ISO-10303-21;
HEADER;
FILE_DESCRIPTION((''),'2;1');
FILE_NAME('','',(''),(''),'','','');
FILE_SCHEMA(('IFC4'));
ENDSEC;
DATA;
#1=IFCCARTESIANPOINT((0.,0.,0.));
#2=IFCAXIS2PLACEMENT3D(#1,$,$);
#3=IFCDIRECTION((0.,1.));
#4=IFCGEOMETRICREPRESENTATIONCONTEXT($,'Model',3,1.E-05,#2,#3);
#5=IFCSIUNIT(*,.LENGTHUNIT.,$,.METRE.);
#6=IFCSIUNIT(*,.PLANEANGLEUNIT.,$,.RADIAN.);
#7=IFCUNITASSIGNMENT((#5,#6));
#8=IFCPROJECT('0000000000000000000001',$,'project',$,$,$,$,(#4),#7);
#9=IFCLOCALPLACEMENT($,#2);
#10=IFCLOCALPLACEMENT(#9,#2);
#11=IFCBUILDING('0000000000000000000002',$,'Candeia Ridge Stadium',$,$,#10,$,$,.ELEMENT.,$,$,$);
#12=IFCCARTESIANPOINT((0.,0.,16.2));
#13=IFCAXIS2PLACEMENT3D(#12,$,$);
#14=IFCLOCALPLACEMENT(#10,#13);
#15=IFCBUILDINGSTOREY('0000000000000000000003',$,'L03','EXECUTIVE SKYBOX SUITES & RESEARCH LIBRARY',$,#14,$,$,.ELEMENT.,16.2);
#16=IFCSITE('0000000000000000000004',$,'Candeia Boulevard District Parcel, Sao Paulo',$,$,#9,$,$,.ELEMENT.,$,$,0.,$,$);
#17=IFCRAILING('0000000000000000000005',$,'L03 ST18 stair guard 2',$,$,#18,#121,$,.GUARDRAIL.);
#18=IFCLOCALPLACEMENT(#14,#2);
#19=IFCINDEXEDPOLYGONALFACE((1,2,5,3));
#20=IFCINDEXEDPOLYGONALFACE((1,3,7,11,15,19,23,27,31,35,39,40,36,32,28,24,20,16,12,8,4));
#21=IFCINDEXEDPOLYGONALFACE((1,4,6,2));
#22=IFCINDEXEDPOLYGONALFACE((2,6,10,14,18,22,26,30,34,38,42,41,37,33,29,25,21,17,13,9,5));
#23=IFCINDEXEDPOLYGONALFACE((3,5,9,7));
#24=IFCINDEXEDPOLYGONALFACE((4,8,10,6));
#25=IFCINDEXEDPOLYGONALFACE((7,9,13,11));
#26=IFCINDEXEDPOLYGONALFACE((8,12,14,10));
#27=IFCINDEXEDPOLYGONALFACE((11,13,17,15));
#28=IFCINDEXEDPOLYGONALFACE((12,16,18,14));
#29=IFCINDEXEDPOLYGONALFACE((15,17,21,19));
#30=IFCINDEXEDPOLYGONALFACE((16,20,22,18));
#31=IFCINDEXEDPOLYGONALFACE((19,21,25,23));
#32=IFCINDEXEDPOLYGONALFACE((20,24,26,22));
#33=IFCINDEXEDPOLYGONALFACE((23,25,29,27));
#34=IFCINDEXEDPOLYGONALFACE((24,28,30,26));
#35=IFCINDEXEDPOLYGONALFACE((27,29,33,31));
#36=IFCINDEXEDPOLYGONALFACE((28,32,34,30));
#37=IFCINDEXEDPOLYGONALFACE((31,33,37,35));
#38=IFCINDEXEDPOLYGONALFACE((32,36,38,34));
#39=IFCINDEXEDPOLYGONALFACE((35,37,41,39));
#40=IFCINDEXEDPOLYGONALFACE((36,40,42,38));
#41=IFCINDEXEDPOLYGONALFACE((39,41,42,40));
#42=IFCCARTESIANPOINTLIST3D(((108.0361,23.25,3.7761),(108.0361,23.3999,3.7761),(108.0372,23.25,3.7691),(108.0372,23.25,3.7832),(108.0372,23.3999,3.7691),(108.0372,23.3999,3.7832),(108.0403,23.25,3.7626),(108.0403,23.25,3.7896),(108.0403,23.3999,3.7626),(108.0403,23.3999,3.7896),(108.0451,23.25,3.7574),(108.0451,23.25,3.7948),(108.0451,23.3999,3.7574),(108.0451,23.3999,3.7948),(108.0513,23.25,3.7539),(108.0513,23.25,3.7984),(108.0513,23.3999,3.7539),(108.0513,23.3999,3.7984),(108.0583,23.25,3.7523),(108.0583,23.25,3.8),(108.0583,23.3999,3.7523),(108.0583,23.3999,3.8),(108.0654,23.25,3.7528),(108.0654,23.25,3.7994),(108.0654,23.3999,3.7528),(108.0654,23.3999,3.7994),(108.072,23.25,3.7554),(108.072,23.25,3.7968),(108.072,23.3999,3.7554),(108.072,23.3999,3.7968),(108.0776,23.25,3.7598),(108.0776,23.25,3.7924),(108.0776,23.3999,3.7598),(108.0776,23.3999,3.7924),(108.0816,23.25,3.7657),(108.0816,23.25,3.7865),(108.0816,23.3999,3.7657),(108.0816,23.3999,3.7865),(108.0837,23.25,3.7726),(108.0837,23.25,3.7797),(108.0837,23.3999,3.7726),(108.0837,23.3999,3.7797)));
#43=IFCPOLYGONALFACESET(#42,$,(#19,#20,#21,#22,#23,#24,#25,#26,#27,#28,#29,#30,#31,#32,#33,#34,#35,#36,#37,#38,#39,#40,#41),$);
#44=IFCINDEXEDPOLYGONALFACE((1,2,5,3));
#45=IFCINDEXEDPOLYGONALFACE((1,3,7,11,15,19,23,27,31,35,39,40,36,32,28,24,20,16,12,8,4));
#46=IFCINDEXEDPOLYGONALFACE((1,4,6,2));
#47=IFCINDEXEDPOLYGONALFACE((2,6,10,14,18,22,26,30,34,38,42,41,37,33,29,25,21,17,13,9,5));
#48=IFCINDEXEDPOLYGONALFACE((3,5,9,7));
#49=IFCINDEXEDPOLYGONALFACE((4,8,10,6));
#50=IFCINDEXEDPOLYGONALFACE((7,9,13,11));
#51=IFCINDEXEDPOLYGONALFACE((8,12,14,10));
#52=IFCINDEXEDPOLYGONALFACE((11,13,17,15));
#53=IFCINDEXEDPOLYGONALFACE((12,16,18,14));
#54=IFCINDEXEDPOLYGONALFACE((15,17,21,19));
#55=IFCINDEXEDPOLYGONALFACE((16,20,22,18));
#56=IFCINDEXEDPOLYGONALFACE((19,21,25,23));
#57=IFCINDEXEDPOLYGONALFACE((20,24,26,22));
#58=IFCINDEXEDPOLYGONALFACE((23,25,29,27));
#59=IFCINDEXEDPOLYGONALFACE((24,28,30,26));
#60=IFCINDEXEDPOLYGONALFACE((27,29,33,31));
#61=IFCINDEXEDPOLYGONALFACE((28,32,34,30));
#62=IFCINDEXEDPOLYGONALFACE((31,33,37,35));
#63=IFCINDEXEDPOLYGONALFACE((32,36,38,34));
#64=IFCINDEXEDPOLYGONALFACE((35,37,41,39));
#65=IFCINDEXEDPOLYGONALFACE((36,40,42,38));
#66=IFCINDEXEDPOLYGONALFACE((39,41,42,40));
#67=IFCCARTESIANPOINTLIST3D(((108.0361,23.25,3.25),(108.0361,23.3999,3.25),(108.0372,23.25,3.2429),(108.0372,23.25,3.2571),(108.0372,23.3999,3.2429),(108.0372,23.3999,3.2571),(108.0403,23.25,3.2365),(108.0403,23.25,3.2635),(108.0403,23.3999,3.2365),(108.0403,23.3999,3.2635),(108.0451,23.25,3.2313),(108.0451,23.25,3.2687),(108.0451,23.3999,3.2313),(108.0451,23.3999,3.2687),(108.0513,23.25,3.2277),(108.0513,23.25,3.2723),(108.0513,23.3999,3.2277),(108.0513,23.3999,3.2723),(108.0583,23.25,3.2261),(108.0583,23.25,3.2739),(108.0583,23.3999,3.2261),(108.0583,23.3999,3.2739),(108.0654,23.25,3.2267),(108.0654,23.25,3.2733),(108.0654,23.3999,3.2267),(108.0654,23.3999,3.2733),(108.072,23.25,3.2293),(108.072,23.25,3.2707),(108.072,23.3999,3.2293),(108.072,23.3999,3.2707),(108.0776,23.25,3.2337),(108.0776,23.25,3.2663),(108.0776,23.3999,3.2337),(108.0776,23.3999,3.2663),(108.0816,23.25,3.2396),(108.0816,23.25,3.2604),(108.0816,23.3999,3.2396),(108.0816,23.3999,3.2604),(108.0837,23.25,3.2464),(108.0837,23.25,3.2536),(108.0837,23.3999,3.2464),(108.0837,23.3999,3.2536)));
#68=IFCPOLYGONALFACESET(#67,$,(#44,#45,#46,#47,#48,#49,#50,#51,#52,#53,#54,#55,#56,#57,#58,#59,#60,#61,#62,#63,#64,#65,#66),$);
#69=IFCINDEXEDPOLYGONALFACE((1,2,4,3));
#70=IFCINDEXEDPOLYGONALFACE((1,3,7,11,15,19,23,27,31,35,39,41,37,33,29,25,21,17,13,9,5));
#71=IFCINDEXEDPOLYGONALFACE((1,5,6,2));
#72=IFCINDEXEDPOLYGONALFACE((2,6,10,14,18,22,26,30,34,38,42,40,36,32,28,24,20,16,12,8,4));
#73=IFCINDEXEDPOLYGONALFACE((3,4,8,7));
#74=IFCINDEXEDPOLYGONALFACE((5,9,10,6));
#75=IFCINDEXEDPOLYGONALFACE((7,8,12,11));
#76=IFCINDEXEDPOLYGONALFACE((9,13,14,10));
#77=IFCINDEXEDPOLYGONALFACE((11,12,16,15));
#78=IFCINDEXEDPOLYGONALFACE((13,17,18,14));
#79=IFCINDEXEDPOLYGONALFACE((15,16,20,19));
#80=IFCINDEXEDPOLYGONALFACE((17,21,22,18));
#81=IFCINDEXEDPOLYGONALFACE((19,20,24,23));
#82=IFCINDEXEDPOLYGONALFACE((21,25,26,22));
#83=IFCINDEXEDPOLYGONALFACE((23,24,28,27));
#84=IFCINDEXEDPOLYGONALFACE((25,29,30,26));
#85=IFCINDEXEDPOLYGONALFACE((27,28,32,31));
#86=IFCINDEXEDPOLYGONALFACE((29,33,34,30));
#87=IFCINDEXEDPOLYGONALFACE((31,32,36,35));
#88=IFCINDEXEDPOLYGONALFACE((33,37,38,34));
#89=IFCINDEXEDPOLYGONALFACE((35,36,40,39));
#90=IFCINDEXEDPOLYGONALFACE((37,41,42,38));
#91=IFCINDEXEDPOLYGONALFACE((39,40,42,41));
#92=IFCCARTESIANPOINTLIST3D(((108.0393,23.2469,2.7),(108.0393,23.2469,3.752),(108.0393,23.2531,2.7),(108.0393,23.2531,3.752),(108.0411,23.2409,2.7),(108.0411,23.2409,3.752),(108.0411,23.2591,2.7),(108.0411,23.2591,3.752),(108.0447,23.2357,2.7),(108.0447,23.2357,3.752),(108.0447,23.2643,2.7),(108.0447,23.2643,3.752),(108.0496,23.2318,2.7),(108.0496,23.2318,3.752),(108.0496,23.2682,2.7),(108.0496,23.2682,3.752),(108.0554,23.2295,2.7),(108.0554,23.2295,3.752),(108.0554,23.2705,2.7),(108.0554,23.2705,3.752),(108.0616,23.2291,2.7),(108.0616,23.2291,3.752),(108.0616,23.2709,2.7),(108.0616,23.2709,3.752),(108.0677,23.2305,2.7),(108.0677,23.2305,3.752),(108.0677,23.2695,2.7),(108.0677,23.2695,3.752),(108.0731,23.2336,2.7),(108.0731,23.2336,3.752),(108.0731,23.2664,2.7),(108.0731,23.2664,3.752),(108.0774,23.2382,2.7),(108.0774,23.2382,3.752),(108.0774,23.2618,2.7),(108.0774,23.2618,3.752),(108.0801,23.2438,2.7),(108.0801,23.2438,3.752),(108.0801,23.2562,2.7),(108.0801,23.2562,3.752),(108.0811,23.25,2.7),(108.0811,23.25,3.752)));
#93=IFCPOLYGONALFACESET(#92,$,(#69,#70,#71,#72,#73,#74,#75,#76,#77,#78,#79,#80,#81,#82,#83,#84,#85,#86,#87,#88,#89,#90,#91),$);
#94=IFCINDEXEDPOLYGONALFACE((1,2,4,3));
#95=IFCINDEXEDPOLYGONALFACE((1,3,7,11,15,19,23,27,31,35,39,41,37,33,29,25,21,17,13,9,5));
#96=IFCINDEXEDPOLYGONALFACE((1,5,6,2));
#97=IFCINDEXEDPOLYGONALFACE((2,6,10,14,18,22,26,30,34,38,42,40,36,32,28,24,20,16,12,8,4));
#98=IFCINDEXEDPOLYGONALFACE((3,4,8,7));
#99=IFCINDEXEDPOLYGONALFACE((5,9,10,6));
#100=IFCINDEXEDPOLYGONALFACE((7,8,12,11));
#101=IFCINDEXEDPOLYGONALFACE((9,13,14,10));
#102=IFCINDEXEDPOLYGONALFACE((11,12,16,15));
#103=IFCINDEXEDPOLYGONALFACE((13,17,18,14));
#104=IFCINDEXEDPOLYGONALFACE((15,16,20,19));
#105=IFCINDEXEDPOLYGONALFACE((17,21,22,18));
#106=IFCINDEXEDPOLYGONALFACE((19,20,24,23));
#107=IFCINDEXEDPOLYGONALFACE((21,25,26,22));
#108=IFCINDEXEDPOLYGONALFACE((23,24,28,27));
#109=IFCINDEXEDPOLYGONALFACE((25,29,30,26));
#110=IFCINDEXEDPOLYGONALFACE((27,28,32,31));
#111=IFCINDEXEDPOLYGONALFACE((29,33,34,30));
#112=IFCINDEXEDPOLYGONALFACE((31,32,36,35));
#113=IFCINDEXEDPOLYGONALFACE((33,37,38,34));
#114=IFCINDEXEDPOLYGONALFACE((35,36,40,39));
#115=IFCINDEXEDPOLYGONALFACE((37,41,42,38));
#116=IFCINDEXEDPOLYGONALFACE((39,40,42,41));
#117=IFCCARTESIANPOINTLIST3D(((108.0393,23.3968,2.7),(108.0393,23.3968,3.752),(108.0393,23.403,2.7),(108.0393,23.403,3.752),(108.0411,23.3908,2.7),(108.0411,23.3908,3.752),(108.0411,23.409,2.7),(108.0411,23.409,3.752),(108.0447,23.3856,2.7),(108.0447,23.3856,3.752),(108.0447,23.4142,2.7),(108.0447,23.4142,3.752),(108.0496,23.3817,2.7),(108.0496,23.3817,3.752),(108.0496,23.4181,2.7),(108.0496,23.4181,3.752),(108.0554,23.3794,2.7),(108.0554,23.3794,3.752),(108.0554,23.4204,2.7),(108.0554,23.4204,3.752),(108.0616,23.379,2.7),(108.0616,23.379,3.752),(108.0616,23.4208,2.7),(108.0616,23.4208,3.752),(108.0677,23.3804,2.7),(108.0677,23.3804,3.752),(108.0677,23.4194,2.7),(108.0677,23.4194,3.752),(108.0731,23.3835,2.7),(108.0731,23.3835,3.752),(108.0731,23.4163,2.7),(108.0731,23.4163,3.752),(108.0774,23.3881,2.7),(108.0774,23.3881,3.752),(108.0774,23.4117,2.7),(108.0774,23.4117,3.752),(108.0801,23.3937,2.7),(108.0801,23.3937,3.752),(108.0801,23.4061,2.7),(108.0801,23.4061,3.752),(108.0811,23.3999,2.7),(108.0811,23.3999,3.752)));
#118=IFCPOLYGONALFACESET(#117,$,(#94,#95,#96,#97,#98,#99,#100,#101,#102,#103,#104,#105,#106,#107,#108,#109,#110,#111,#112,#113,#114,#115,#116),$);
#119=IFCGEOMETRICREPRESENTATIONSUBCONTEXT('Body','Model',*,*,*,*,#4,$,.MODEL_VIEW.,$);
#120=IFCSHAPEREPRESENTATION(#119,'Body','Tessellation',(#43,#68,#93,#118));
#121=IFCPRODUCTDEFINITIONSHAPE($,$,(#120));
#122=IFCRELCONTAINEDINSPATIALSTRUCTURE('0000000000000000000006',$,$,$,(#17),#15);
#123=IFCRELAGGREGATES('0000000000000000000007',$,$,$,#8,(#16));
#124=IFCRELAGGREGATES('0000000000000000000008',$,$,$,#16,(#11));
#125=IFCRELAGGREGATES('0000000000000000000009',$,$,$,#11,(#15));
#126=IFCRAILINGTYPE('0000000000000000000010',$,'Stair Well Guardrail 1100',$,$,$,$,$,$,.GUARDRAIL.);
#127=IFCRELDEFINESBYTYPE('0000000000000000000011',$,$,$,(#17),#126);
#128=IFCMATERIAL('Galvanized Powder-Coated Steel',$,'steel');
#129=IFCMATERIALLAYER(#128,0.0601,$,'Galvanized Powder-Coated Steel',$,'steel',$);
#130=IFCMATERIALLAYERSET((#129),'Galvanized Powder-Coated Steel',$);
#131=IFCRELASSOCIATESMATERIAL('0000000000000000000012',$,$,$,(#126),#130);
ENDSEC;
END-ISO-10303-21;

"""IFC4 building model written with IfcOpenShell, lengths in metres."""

from ifc_helpers import new_model, si_unit, direction, frame, origin, origin_2d, place, context, subcontext, project, spatial, circle, extrude, material, layer, layer_set, type_object, element, save


model = new_model("IFC4")

# Units and contexts
model_context = context("Model", 3, precision=1e-05, world=origin(), true_north=direction((0.0, 1.0)))
body_context = subcontext(model_context, "Body", "Model", "MODEL_VIEW")
ifc_project = project(units=[si_unit("LENGTHUNIT", "METRE"), si_unit("PLANEANGLEUNIT", "RADIAN")], contexts=[model_context])

# Site, building, storey
site_placement = place(None, origin())
site = spatial("IfcSite", under=ifc_project, at=site_placement, Name="Candeia Boulevard District Parcel, Sao Paulo", CompositionType="ELEMENT", RefElevation=0.0)
building_placement = place(site_placement, origin())
building = spatial("IfcBuilding", under=site, at=building_placement, Name="Candeia Ridge Stadium", CompositionType="ELEMENT")
storey_placement = place(building_placement, frame((0.0, 0.0, 16.2)))
storey = spatial("IfcBuildingStorey", under=building, at=storey_placement, Name="L03", Description="EXECUTIVE SKYBOX SUITES & RESEARCH LIBRARY", CompositionType="ELEMENT", Elevation=16.2)

# Railing
ifc_material_1 = material(Name="Galvanized Powder-Coated Steel", Category="steel")
ifc_layer_1 = layer(ifc_material_1, 0.0601, Name="Galvanized Powder-Coated Steel", Category="steel")
ifc_layer_set_1 = layer_set([ifc_layer_1], Name="Galvanized Powder-Coated Steel")
railing_type_1 = type_object("IfcRailingType", Name="Stair Well Guardrail 1100", PredefinedType="GUARDRAIL", material=ifc_layer_set_1)
railing_1_placement = place(storey_placement, frame((108.0601, 23.25, 2.7)))
element("IfcRailing", 1, at=railing_1_placement, inside=storey, type_object=railing_type_1, Name="L03 ST18 stair guard 2", PredefinedType="GUARDRAIL", context=body_context, shape_type="SweptSolid", body=[
    extrude(circle(Radius=0.0239, at=origin_2d()), frame((0.0, 0.0, 1.0762), z_axis=(0.0, 1.0, 0.0), x_axis=(-1.0, 0.0, 0.0)), (0.0, 0.0, 1.0), 0.1499),
    extrude(circle(Radius=0.0239, at=origin_2d()), frame((0.0, 0.0, 0.55), z_axis=(0.0, 1.0, 0.0), x_axis=(-1.0, 0.0, 0.0)), (0.0, 0.0, 1.0), 0.1499),
    extrude(circle(Radius=0.021, at=origin_2d()), origin(), (0.0, 0.0, 1.0), 1.052),
    extrude(circle(Radius=0.021, at=origin_2d()), frame((0.0, 0.1499, 0.0)), (0.0, 0.0, 1.0), 1.052),
])

save(model, "model.ifc")
